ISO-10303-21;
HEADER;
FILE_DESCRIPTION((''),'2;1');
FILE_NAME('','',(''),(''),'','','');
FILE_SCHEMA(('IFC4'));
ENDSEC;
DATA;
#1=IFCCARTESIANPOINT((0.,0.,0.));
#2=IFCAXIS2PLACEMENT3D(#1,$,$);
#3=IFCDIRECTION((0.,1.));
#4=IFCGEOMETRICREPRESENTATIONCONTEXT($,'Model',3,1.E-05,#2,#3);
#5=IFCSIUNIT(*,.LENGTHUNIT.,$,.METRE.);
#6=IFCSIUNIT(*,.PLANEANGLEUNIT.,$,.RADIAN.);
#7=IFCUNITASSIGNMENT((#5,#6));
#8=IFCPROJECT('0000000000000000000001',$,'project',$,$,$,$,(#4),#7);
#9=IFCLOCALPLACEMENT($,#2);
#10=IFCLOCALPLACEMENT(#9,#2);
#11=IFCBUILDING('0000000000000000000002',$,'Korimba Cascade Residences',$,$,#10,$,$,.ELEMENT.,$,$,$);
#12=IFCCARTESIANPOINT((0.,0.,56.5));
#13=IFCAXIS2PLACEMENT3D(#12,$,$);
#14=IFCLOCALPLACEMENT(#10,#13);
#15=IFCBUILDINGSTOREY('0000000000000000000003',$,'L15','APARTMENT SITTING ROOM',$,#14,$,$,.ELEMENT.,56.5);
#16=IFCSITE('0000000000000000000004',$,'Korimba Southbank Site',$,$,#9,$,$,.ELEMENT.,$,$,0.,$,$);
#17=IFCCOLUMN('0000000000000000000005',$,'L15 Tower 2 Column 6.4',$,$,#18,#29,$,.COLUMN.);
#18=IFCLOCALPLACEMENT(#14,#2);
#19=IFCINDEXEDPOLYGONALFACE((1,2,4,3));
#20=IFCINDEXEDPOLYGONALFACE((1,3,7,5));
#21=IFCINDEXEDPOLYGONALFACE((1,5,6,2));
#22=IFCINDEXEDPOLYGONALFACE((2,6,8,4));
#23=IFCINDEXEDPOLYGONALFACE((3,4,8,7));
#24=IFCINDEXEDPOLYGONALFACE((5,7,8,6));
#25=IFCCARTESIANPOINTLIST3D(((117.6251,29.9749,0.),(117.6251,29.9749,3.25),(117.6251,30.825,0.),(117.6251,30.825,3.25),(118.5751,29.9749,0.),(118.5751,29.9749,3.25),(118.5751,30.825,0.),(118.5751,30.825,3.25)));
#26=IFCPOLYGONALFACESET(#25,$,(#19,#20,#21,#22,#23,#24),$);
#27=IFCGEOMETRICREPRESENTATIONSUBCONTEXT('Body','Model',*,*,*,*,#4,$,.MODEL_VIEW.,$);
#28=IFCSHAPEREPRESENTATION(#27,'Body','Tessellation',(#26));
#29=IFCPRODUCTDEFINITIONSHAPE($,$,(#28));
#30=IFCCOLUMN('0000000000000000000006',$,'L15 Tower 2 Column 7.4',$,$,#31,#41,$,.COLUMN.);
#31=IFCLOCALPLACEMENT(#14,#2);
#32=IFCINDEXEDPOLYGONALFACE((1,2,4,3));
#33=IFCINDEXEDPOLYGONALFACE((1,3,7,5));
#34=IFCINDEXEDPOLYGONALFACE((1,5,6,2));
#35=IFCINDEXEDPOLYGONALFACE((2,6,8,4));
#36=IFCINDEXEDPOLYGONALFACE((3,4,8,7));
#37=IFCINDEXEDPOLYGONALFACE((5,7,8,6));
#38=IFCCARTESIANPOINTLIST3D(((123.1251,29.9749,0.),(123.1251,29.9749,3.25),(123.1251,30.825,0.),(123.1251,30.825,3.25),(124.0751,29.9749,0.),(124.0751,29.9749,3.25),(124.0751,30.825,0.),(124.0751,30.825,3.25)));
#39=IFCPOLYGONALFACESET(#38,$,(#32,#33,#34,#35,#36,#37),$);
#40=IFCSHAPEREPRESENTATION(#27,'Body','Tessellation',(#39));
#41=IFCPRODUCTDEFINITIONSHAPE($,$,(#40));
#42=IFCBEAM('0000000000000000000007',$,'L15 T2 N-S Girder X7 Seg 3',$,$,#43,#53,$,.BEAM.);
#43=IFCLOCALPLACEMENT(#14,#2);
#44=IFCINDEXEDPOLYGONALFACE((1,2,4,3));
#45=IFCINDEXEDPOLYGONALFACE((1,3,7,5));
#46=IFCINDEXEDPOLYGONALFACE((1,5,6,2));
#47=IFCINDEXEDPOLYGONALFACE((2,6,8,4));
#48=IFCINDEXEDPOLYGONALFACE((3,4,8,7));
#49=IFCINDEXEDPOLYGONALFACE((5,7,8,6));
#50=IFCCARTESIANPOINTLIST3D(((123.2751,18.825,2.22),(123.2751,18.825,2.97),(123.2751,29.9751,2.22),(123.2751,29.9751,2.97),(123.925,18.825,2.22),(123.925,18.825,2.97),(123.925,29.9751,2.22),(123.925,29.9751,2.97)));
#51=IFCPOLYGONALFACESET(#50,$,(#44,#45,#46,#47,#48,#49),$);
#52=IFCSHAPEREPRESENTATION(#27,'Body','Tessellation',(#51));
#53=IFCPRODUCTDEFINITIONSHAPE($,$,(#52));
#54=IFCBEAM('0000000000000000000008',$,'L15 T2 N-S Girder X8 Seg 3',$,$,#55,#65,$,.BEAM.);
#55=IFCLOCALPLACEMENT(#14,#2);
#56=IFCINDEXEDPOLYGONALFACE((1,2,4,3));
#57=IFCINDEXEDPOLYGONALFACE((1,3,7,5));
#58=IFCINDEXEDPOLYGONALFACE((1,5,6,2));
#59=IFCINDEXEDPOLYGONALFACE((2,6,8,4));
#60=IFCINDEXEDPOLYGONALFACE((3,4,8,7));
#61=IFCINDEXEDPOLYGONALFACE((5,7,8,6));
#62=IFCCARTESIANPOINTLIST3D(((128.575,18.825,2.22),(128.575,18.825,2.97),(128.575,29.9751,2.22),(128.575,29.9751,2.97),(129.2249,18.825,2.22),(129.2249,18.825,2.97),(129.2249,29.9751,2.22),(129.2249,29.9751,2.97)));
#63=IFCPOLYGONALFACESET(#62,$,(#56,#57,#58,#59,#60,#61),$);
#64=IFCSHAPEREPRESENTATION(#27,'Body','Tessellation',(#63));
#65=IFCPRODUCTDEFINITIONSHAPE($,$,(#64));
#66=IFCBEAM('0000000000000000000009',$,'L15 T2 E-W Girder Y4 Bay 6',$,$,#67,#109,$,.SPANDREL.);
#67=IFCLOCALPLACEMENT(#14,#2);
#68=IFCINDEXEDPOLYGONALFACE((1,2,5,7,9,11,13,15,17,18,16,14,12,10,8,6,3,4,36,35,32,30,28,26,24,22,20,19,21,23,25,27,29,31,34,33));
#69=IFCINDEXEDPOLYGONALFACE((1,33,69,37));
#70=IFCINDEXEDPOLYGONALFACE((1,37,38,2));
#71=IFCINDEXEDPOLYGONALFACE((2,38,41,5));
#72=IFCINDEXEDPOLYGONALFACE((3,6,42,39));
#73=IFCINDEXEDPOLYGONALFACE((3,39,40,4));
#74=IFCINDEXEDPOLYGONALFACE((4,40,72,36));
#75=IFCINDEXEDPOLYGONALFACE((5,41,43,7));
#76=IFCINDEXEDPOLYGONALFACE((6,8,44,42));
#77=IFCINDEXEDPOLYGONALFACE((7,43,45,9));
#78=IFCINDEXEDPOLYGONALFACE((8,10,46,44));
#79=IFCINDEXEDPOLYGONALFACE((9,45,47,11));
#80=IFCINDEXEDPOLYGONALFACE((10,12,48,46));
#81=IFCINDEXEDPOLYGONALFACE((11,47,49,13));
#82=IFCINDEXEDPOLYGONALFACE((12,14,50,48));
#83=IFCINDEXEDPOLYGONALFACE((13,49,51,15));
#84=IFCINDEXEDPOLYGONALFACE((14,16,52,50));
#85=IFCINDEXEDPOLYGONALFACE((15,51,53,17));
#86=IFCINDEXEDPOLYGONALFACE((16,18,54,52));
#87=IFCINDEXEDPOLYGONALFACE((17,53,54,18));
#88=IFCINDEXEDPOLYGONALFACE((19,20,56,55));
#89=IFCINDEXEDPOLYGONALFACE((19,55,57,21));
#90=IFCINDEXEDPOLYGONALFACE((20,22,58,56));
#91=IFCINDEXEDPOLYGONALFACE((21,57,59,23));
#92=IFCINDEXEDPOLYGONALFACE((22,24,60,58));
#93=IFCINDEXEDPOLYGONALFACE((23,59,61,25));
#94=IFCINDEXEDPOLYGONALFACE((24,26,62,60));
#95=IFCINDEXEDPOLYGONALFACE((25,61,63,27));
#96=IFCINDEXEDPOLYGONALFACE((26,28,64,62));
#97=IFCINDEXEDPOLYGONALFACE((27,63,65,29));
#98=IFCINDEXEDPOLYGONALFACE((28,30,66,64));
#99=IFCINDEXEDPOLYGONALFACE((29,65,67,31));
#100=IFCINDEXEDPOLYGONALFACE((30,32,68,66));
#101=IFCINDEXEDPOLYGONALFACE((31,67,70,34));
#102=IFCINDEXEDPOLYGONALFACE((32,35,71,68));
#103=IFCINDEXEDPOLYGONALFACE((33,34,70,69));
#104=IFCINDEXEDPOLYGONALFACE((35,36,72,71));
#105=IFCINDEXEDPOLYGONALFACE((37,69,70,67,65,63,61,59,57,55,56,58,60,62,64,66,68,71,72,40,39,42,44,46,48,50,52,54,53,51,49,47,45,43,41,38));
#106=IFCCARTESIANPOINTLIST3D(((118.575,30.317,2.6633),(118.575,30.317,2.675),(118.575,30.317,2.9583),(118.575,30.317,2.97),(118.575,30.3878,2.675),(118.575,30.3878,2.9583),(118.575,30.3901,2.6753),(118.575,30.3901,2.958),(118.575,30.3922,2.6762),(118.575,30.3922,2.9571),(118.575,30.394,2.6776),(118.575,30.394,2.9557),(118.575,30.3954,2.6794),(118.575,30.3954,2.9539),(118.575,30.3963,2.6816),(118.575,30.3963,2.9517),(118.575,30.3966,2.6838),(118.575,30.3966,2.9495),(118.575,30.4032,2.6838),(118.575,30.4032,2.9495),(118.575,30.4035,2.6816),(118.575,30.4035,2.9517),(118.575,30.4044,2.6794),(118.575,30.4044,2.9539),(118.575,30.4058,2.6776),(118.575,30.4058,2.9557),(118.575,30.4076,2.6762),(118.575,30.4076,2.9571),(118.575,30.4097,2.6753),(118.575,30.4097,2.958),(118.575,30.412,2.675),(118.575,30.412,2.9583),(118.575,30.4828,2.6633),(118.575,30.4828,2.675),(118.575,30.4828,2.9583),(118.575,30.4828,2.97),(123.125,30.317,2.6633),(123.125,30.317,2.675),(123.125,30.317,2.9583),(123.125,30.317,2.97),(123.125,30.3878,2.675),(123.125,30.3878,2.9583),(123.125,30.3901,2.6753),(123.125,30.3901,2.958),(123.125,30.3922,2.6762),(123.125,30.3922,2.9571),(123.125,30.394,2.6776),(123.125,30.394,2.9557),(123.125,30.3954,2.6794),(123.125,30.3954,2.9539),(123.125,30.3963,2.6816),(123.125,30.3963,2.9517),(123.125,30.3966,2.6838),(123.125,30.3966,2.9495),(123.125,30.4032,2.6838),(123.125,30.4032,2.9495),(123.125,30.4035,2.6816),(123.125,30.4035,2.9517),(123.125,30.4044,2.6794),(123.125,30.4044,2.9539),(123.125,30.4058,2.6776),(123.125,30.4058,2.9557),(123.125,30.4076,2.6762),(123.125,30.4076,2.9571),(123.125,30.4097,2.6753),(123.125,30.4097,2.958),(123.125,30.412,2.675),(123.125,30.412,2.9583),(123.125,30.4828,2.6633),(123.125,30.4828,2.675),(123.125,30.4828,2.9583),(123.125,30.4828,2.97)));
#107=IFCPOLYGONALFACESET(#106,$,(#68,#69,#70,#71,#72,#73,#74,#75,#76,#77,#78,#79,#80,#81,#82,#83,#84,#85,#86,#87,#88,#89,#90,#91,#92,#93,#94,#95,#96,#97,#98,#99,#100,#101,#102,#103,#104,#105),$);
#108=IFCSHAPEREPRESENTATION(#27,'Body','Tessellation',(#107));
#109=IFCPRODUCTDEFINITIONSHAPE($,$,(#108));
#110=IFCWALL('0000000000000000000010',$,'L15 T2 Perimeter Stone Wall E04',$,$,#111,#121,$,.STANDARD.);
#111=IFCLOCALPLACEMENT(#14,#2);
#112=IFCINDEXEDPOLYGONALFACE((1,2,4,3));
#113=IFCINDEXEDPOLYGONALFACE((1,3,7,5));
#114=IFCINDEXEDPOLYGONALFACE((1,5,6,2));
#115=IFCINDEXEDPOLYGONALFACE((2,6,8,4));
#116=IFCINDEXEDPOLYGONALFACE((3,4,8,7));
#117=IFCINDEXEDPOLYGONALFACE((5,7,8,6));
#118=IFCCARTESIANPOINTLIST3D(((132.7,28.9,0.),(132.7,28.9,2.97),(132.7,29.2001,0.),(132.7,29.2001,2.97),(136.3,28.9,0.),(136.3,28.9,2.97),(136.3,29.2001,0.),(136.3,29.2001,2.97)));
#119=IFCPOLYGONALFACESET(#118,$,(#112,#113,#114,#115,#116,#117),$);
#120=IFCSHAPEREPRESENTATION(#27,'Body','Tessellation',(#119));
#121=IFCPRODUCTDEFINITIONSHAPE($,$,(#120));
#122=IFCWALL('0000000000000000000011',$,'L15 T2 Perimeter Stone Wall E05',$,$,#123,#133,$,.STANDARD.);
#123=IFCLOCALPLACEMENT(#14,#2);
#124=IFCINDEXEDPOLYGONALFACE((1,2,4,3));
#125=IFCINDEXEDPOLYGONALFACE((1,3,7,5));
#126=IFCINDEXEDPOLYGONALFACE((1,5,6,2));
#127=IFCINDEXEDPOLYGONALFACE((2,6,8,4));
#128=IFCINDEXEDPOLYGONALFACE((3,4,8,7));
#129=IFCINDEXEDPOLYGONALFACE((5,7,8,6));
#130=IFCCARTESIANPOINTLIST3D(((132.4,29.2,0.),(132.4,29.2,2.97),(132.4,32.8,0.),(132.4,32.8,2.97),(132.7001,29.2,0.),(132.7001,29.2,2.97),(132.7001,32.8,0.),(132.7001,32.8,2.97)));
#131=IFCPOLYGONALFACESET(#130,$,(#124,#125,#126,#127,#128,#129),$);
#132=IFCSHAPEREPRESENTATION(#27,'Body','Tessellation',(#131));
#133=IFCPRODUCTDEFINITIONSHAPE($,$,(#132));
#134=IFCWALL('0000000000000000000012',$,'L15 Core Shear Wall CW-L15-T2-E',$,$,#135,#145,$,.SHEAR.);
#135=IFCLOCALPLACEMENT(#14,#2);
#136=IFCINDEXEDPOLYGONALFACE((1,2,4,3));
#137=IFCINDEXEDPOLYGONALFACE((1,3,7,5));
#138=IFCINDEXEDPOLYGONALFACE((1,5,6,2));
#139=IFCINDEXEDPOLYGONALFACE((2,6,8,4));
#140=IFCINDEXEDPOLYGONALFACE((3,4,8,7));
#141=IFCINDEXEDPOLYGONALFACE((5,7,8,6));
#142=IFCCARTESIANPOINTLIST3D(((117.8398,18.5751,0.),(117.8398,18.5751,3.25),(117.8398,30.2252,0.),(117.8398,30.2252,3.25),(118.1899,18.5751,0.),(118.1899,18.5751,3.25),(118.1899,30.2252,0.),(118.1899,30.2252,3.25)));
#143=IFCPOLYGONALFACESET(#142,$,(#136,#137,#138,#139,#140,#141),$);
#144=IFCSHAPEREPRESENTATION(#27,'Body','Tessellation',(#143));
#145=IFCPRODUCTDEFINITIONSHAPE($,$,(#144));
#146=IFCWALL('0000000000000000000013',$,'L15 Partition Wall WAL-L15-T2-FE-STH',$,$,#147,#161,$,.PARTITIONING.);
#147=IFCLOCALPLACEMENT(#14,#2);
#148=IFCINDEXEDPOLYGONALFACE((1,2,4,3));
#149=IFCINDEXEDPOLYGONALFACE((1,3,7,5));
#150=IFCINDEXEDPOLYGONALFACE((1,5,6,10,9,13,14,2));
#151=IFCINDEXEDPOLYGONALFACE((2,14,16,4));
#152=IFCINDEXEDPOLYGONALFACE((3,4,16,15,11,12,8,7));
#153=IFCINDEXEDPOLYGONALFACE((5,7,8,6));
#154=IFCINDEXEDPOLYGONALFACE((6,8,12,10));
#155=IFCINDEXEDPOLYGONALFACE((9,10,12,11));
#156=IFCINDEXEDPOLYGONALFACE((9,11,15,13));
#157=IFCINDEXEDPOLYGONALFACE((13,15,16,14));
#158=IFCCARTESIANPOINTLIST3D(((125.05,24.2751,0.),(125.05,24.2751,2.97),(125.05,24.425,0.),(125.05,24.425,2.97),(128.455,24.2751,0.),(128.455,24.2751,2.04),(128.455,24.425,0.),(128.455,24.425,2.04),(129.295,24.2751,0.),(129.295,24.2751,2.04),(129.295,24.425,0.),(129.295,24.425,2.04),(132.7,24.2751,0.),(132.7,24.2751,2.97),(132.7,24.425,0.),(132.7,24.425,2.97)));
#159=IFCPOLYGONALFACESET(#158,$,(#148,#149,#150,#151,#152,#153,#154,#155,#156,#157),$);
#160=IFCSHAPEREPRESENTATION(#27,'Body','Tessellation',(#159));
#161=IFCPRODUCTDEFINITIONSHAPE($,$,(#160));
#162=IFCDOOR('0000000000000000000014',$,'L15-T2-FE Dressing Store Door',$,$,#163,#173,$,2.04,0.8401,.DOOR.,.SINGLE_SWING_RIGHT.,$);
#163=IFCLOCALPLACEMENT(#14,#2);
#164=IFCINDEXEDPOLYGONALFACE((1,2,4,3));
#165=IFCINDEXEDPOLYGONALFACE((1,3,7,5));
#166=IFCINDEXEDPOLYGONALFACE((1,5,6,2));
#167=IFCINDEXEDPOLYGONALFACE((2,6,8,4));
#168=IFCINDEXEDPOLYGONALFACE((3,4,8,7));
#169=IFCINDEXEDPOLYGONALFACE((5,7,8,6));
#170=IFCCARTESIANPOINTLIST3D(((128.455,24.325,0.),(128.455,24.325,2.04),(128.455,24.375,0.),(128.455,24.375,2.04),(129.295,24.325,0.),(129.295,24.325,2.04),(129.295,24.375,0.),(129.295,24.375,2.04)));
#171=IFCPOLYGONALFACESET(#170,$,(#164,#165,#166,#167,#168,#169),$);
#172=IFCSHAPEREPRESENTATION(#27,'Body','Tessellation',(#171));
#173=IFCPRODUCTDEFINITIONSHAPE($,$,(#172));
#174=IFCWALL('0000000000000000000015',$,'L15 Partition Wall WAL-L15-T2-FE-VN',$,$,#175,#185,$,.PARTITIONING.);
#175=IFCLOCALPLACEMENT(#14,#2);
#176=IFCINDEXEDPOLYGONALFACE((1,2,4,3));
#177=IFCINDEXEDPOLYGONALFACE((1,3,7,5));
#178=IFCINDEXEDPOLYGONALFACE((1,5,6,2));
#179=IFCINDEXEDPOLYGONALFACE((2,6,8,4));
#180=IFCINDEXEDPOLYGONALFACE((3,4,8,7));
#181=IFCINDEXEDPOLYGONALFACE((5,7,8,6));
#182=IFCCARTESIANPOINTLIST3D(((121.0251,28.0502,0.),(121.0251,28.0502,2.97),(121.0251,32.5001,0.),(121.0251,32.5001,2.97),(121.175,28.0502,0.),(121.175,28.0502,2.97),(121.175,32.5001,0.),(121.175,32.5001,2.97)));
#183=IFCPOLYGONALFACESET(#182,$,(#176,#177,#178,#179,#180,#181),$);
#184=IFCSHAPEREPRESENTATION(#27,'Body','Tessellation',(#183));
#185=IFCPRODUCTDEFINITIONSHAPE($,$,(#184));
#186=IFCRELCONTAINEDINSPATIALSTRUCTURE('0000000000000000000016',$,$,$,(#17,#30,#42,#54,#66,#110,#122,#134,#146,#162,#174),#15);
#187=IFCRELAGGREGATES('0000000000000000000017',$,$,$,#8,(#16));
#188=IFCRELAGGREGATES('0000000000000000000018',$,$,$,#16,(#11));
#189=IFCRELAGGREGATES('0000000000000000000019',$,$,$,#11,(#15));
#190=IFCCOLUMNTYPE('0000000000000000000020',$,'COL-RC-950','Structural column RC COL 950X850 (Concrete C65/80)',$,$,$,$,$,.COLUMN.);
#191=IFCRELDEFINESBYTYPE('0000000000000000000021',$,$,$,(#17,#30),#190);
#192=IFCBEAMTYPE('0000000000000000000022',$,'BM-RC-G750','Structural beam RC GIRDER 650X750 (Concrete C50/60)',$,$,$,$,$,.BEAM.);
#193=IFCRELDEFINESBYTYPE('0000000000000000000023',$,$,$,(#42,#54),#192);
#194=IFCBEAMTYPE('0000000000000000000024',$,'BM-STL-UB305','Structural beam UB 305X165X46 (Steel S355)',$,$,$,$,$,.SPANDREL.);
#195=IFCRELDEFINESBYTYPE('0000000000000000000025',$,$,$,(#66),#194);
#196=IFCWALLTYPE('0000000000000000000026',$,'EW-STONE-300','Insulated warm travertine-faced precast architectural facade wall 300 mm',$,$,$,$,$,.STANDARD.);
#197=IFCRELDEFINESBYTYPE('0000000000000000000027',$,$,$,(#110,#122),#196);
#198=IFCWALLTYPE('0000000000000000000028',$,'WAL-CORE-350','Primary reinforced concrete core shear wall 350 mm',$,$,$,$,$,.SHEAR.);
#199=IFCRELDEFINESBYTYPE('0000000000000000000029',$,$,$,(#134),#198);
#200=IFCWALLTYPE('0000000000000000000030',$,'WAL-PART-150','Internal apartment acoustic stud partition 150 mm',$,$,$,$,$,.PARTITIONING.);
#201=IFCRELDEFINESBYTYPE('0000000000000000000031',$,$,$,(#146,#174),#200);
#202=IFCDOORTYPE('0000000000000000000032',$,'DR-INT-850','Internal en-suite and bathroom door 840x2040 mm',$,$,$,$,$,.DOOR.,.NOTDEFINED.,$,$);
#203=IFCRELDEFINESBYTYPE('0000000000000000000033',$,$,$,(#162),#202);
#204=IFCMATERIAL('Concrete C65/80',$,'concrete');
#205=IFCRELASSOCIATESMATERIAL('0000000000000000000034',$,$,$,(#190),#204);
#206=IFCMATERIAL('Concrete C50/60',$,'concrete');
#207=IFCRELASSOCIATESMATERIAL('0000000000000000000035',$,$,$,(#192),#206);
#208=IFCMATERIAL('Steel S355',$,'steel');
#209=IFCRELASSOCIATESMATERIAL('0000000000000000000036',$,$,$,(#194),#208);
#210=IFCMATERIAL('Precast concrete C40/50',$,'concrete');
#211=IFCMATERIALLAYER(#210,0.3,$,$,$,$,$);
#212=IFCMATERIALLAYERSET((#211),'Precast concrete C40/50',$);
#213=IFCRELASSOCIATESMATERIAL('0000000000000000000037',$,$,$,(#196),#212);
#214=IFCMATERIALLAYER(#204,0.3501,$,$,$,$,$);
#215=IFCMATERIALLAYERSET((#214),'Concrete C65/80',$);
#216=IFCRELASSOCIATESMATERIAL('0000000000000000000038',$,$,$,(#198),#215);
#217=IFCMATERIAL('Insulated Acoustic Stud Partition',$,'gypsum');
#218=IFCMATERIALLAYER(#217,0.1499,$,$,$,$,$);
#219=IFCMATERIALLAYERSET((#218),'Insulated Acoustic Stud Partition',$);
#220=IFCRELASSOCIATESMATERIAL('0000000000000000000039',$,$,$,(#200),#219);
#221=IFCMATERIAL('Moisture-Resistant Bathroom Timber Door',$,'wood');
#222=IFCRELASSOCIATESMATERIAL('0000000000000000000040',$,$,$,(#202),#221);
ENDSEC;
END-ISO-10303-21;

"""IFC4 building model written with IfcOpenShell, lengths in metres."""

from ifc_helpers import new_model, si_unit, direction, frame, frame_2d, origin, origin_2d, place, context, subcontext, project, spatial, rectangle, i_section, extrude, material, layer, layer_set, material_profile, profile_set, type_object, element, fill, save


model = new_model("IFC4")

# Units and contexts
model_context = context("Model", 3, precision=1e-05, world=origin(), true_north=direction((0.0, 1.0)))
body_context = subcontext(model_context, "Body", "Model", "MODEL_VIEW")
ifc_project = project(units=[si_unit("LENGTHUNIT", "METRE"), si_unit("PLANEANGLEUNIT", "RADIAN")], contexts=[model_context])

# Site, building, storey
site_placement = place(None, origin())
site = spatial("IfcSite", under=ifc_project, at=site_placement, Name="Korimba Southbank Site", CompositionType="ELEMENT", RefElevation=0.0)
building_placement = place(site_placement, origin())
building = spatial("IfcBuilding", under=site, at=building_placement, Name="Korimba Cascade Residences", CompositionType="ELEMENT")
storey_placement = place(building_placement, frame((0.0, 0.0, 56.5)))
storey = spatial("IfcBuildingStorey", under=building, at=storey_placement, Name="L15", Description="APARTMENT SITTING ROOM", CompositionType="ELEMENT", Elevation=56.5)

# Columns
ifc_material_1 = material(Name="Concrete C65/80", Category="concrete")
ifc_material_profile_1 = material_profile(ifc_material_1, rectangle(XDim=0.95, YDim=0.8501, at=origin_2d()), Name="Concrete C65/80")
ifc_profile_set_1 = profile_set([ifc_material_profile_1], Name="Concrete C65/80")
column_type = type_object("IfcColumnType", Name="COL-RC-950", Description="Structural column RC COL 950X850 (Concrete C65/80)", PredefinedType="COLUMN", material=ifc_profile_set_1)
for number, where, z_axis, x_axis, name in (
    (1, (118.1001, 30.3999, 0.0), (0.0, 0.0, 1.0), (1.0, 0.0, 0.0), "L15 Tower 2 Column 6.4"),
    (2, (123.6001, 30.3999, 0.0), (0.0, 0.0, 1.0), (1.0, 0.0, 0.0), "L15 Tower 2 Column 7.4"),
):
    element("IfcColumn", number, at=place(storey_placement, frame(where, z_axis=z_axis, x_axis=x_axis)), inside=storey, type_object=column_type, Name=name, PredefinedType="COLUMN", context=body_context, shape_type="SweptSolid", body=[
        extrude(rectangle(XDim=0.95, YDim=0.8501, at=origin_2d()), origin(), (0.0, 0.0, 1.0), 3.25),
    ])

# Beams
ifc_material_2 = material(Name="Concrete C50/60", Category="concrete")
ifc_material_profile_2 = material_profile(ifc_material_2, rectangle(XDim=0.6499, YDim=0.75, at=origin_2d()), Name="Concrete C50/60")
ifc_profile_set_2 = profile_set([ifc_material_profile_2], Name="Concrete C50/60")
beam_type_1 = type_object("IfcBeamType", Name="BM-RC-G750", Description="Structural beam RC GIRDER 650X750 (Concrete C50/60)", PredefinedType="BEAM", material=ifc_profile_set_2)
for number, where, z_axis, x_axis, name in (
    (3, (123.6001, 18.825, 2.595), (0.0, 1.0, 0.0), (-1.0, 0.0, 0.0), "L15 T2 N-S Girder X7 Seg 3"),
    (4, (128.8999, 18.825, 2.595), (0.0, 1.0, 0.0), (-1.0, 0.0, 0.0), "L15 T2 N-S Girder X8 Seg 3"),
):
    element("IfcBeam", number, at=place(storey_placement, frame(where, z_axis=z_axis, x_axis=x_axis)), inside=storey, type_object=beam_type_1, Name=name, PredefinedType="BEAM", context=body_context, shape_type="SweptSolid", body=[
        extrude(rectangle(XDim=0.6499, YDim=0.75, at=origin_2d()), origin(), (0.0, 0.0, 1.0), 11.1501),
    ])
ifc_material_3 = material(Name="Steel S355", Category="steel")
ifc_material_profile_3 = material_profile(ifc_material_3, i_section(OverallWidth=0.1658, OverallDepth=0.3066, WebThickness=0.0066, FlangeThickness=0.0117, FilletRadius=0.0088, at=origin_2d()), Name="Steel S355")
ifc_profile_set_3 = profile_set([ifc_material_profile_3], Name="Steel S355")
beam_type_2 = type_object("IfcBeamType", Name="BM-STL-UB305", Description="Structural beam UB 305X165X46 (Steel S355)", PredefinedType="SPANDREL", material=ifc_profile_set_3)
beam_placement = place(storey_placement, frame((118.575, 30.3999, 2.8167), z_axis=(1.0, 0.0, 0.0), x_axis=(0.0, 1.0, 0.0)))
element("IfcBeam", 5, at=beam_placement, inside=storey, type_object=beam_type_2, Name="L15 T2 E-W Girder Y4 Bay 6", PredefinedType="SPANDREL", context=body_context, shape_type="SweptSolid", body=[
    extrude(i_section(OverallWidth=0.1658, OverallDepth=0.3066, WebThickness=0.0066, FlangeThickness=0.0117, FilletRadius=0.0088, at=origin_2d()), origin(), (0.0, 0.0, 1.0), 4.55),
])

# Walls
ifc_material_4 = material(Name="Precast concrete C40/50", Category="concrete")
ifc_layer_1 = layer(ifc_material_4, 0.3)
ifc_layer_set_1 = layer_set([ifc_layer_1], Name="Precast concrete C40/50")
wall_type_1 = type_object("IfcWallType", Name="EW-STONE-300", Description="Insulated warm travertine-faced precast architectural facade wall 300 mm", PredefinedType="STANDARD", material=ifc_layer_set_1)
for number, where, z_axis, x_axis, name in (
    (6, (136.3, 29.05, 0.0), (0.0, 0.0, 1.0), (-1.0, 0.0, 0.0), "L15 T2 Perimeter Stone Wall E04"),
    (7, (132.55, 29.2, 0.0), (0.0, 0.0, 1.0), (0.0, 1.0, 0.0), "L15 T2 Perimeter Stone Wall E05"),
):
    element("IfcWall", number, at=place(storey_placement, frame(where, z_axis=z_axis, x_axis=x_axis)), inside=storey, type_object=wall_type_1, Name=name, PredefinedType="STANDARD", context=body_context, shape_type="SweptSolid", body=[
        extrude(rectangle(XDim=3.6001, YDim=0.3, at=frame_2d((1.8, 0.0))), origin(), (0.0, 0.0, 1.0), 2.97),
    ])
ifc_layer_2 = layer(ifc_material_1, 0.3501)
ifc_layer_set_2 = layer_set([ifc_layer_2], Name="Concrete C65/80")
wall_type_2 = type_object("IfcWallType", Name="WAL-CORE-350", Description="Primary reinforced concrete core shear wall 350 mm", PredefinedType="SHEAR", material=ifc_layer_set_2)
wall_1_placement = place(storey_placement, frame((118.0149, 18.575, 0.0), z_axis=(0.0, 0.0, 1.0), x_axis=(0.0, 1.0, 0.0)))
element("IfcWall", 8, at=wall_1_placement, inside=storey, type_object=wall_type_2, Name="L15 Core Shear Wall CW-L15-T2-E", PredefinedType="SHEAR", context=body_context, shape_type="SweptSolid", body=[
    extrude(rectangle(XDim=11.6501, YDim=0.3501, at=frame_2d((5.8252, 0.0))), origin(), (0.0, 0.0, 1.0), 3.25),
])

# Wall, opening, door
ifc_material_5 = material(Name="Insulated Acoustic Stud Partition", Category="gypsum")
ifc_layer_3 = layer(ifc_material_5, 0.1499)
ifc_layer_set_3 = layer_set([ifc_layer_3], Name="Insulated Acoustic Stud Partition")
wall_type_3 = type_object("IfcWallType", Name="WAL-PART-150", Description="Internal apartment acoustic stud partition 150 mm", PredefinedType="PARTITIONING", material=ifc_layer_set_3)
wall_2_placement = place(storey_placement, frame((125.05, 24.3501, 0.0), z_axis=(0.0, 0.0, 1.0), x_axis=(1.0, 0.0, 0.0)))
wall_2 = element("IfcWall", 9, at=wall_2_placement, inside=storey, type_object=wall_type_3, Name="L15 Partition Wall WAL-L15-T2-FE-STH", PredefinedType="PARTITIONING", context=body_context, shape_type="SweptSolid", body=[
    extrude(rectangle(XDim=7.6499, YDim=0.1499, at=frame_2d((3.825, 0.0))), origin(), (0.0, 0.0, 1.0), 2.97),
])
opening_1_placement = place(wall_2_placement, frame((3.405, 0.0, 0.0)))
opening_1 = element("IfcOpeningElement", 10, at=opening_1_placement, cuts=wall_2, PredefinedType="OPENING", context=body_context, shape_type="SweptSolid", body=[
    extrude(rectangle(XDim=0.8401, YDim=2.04, at=frame_2d((0.4199, 1.02))), frame((0.0, 0.085, 0.0), z_axis=(0.0, -1.0, 0.0), x_axis=(1.0, 0.0, 0.0)), (0.0, 0.0, 1.0), 0.1699),
])
ifc_material_6 = material(Name="Moisture-Resistant Bathroom Timber Door", Category="wood")
door_type_1 = type_object("IfcDoorType", Name="DR-INT-850", Description="Internal en-suite and bathroom door 840x2040 mm", OperationType="NOTDEFINED", PredefinedType="DOOR", material=ifc_material_6)
door_1_placement = place(opening_1_placement, origin())
door_1 = element("IfcDoor", 11, at=door_1_placement, inside=storey, type_object=door_type_1, Name="L15-T2-FE Dressing Store Door", OperationType="SINGLE_SWING_RIGHT", OverallHeight=2.04, OverallWidth=0.8401, PredefinedType="DOOR", context=body_context, shape_type="SweptSolid", body=[
    extrude(rectangle(XDim=0.8401, YDim=2.04, at=frame_2d((0.4199, 1.02))), frame((0.0, 0.0249, 0.0), z_axis=(0.0, -1.0, 0.0), x_axis=(1.0, 0.0, 0.0)), (0.0, 0.0, 1.0), 0.05),
])
fill(opening_1, door_1)

# Wall
wall_3_placement = place(storey_placement, frame((121.1001, 28.05, 0.0), z_axis=(0.0, 0.0, 1.0), x_axis=(0.0, 1.0, 0.0)))
element("IfcWall", 12, at=wall_3_placement, inside=storey, type_object=wall_type_3, Name="L15 Partition Wall WAL-L15-T2-FE-VN", PredefinedType="PARTITIONING", context=body_context, shape_type="SweptSolid", body=[
    extrude(rectangle(XDim=4.45, YDim=0.1499, at=frame_2d((2.2251, 0.0))), origin(), (0.0, 0.0, 1.0), 2.97),
])

save(model, "model.ifc")
